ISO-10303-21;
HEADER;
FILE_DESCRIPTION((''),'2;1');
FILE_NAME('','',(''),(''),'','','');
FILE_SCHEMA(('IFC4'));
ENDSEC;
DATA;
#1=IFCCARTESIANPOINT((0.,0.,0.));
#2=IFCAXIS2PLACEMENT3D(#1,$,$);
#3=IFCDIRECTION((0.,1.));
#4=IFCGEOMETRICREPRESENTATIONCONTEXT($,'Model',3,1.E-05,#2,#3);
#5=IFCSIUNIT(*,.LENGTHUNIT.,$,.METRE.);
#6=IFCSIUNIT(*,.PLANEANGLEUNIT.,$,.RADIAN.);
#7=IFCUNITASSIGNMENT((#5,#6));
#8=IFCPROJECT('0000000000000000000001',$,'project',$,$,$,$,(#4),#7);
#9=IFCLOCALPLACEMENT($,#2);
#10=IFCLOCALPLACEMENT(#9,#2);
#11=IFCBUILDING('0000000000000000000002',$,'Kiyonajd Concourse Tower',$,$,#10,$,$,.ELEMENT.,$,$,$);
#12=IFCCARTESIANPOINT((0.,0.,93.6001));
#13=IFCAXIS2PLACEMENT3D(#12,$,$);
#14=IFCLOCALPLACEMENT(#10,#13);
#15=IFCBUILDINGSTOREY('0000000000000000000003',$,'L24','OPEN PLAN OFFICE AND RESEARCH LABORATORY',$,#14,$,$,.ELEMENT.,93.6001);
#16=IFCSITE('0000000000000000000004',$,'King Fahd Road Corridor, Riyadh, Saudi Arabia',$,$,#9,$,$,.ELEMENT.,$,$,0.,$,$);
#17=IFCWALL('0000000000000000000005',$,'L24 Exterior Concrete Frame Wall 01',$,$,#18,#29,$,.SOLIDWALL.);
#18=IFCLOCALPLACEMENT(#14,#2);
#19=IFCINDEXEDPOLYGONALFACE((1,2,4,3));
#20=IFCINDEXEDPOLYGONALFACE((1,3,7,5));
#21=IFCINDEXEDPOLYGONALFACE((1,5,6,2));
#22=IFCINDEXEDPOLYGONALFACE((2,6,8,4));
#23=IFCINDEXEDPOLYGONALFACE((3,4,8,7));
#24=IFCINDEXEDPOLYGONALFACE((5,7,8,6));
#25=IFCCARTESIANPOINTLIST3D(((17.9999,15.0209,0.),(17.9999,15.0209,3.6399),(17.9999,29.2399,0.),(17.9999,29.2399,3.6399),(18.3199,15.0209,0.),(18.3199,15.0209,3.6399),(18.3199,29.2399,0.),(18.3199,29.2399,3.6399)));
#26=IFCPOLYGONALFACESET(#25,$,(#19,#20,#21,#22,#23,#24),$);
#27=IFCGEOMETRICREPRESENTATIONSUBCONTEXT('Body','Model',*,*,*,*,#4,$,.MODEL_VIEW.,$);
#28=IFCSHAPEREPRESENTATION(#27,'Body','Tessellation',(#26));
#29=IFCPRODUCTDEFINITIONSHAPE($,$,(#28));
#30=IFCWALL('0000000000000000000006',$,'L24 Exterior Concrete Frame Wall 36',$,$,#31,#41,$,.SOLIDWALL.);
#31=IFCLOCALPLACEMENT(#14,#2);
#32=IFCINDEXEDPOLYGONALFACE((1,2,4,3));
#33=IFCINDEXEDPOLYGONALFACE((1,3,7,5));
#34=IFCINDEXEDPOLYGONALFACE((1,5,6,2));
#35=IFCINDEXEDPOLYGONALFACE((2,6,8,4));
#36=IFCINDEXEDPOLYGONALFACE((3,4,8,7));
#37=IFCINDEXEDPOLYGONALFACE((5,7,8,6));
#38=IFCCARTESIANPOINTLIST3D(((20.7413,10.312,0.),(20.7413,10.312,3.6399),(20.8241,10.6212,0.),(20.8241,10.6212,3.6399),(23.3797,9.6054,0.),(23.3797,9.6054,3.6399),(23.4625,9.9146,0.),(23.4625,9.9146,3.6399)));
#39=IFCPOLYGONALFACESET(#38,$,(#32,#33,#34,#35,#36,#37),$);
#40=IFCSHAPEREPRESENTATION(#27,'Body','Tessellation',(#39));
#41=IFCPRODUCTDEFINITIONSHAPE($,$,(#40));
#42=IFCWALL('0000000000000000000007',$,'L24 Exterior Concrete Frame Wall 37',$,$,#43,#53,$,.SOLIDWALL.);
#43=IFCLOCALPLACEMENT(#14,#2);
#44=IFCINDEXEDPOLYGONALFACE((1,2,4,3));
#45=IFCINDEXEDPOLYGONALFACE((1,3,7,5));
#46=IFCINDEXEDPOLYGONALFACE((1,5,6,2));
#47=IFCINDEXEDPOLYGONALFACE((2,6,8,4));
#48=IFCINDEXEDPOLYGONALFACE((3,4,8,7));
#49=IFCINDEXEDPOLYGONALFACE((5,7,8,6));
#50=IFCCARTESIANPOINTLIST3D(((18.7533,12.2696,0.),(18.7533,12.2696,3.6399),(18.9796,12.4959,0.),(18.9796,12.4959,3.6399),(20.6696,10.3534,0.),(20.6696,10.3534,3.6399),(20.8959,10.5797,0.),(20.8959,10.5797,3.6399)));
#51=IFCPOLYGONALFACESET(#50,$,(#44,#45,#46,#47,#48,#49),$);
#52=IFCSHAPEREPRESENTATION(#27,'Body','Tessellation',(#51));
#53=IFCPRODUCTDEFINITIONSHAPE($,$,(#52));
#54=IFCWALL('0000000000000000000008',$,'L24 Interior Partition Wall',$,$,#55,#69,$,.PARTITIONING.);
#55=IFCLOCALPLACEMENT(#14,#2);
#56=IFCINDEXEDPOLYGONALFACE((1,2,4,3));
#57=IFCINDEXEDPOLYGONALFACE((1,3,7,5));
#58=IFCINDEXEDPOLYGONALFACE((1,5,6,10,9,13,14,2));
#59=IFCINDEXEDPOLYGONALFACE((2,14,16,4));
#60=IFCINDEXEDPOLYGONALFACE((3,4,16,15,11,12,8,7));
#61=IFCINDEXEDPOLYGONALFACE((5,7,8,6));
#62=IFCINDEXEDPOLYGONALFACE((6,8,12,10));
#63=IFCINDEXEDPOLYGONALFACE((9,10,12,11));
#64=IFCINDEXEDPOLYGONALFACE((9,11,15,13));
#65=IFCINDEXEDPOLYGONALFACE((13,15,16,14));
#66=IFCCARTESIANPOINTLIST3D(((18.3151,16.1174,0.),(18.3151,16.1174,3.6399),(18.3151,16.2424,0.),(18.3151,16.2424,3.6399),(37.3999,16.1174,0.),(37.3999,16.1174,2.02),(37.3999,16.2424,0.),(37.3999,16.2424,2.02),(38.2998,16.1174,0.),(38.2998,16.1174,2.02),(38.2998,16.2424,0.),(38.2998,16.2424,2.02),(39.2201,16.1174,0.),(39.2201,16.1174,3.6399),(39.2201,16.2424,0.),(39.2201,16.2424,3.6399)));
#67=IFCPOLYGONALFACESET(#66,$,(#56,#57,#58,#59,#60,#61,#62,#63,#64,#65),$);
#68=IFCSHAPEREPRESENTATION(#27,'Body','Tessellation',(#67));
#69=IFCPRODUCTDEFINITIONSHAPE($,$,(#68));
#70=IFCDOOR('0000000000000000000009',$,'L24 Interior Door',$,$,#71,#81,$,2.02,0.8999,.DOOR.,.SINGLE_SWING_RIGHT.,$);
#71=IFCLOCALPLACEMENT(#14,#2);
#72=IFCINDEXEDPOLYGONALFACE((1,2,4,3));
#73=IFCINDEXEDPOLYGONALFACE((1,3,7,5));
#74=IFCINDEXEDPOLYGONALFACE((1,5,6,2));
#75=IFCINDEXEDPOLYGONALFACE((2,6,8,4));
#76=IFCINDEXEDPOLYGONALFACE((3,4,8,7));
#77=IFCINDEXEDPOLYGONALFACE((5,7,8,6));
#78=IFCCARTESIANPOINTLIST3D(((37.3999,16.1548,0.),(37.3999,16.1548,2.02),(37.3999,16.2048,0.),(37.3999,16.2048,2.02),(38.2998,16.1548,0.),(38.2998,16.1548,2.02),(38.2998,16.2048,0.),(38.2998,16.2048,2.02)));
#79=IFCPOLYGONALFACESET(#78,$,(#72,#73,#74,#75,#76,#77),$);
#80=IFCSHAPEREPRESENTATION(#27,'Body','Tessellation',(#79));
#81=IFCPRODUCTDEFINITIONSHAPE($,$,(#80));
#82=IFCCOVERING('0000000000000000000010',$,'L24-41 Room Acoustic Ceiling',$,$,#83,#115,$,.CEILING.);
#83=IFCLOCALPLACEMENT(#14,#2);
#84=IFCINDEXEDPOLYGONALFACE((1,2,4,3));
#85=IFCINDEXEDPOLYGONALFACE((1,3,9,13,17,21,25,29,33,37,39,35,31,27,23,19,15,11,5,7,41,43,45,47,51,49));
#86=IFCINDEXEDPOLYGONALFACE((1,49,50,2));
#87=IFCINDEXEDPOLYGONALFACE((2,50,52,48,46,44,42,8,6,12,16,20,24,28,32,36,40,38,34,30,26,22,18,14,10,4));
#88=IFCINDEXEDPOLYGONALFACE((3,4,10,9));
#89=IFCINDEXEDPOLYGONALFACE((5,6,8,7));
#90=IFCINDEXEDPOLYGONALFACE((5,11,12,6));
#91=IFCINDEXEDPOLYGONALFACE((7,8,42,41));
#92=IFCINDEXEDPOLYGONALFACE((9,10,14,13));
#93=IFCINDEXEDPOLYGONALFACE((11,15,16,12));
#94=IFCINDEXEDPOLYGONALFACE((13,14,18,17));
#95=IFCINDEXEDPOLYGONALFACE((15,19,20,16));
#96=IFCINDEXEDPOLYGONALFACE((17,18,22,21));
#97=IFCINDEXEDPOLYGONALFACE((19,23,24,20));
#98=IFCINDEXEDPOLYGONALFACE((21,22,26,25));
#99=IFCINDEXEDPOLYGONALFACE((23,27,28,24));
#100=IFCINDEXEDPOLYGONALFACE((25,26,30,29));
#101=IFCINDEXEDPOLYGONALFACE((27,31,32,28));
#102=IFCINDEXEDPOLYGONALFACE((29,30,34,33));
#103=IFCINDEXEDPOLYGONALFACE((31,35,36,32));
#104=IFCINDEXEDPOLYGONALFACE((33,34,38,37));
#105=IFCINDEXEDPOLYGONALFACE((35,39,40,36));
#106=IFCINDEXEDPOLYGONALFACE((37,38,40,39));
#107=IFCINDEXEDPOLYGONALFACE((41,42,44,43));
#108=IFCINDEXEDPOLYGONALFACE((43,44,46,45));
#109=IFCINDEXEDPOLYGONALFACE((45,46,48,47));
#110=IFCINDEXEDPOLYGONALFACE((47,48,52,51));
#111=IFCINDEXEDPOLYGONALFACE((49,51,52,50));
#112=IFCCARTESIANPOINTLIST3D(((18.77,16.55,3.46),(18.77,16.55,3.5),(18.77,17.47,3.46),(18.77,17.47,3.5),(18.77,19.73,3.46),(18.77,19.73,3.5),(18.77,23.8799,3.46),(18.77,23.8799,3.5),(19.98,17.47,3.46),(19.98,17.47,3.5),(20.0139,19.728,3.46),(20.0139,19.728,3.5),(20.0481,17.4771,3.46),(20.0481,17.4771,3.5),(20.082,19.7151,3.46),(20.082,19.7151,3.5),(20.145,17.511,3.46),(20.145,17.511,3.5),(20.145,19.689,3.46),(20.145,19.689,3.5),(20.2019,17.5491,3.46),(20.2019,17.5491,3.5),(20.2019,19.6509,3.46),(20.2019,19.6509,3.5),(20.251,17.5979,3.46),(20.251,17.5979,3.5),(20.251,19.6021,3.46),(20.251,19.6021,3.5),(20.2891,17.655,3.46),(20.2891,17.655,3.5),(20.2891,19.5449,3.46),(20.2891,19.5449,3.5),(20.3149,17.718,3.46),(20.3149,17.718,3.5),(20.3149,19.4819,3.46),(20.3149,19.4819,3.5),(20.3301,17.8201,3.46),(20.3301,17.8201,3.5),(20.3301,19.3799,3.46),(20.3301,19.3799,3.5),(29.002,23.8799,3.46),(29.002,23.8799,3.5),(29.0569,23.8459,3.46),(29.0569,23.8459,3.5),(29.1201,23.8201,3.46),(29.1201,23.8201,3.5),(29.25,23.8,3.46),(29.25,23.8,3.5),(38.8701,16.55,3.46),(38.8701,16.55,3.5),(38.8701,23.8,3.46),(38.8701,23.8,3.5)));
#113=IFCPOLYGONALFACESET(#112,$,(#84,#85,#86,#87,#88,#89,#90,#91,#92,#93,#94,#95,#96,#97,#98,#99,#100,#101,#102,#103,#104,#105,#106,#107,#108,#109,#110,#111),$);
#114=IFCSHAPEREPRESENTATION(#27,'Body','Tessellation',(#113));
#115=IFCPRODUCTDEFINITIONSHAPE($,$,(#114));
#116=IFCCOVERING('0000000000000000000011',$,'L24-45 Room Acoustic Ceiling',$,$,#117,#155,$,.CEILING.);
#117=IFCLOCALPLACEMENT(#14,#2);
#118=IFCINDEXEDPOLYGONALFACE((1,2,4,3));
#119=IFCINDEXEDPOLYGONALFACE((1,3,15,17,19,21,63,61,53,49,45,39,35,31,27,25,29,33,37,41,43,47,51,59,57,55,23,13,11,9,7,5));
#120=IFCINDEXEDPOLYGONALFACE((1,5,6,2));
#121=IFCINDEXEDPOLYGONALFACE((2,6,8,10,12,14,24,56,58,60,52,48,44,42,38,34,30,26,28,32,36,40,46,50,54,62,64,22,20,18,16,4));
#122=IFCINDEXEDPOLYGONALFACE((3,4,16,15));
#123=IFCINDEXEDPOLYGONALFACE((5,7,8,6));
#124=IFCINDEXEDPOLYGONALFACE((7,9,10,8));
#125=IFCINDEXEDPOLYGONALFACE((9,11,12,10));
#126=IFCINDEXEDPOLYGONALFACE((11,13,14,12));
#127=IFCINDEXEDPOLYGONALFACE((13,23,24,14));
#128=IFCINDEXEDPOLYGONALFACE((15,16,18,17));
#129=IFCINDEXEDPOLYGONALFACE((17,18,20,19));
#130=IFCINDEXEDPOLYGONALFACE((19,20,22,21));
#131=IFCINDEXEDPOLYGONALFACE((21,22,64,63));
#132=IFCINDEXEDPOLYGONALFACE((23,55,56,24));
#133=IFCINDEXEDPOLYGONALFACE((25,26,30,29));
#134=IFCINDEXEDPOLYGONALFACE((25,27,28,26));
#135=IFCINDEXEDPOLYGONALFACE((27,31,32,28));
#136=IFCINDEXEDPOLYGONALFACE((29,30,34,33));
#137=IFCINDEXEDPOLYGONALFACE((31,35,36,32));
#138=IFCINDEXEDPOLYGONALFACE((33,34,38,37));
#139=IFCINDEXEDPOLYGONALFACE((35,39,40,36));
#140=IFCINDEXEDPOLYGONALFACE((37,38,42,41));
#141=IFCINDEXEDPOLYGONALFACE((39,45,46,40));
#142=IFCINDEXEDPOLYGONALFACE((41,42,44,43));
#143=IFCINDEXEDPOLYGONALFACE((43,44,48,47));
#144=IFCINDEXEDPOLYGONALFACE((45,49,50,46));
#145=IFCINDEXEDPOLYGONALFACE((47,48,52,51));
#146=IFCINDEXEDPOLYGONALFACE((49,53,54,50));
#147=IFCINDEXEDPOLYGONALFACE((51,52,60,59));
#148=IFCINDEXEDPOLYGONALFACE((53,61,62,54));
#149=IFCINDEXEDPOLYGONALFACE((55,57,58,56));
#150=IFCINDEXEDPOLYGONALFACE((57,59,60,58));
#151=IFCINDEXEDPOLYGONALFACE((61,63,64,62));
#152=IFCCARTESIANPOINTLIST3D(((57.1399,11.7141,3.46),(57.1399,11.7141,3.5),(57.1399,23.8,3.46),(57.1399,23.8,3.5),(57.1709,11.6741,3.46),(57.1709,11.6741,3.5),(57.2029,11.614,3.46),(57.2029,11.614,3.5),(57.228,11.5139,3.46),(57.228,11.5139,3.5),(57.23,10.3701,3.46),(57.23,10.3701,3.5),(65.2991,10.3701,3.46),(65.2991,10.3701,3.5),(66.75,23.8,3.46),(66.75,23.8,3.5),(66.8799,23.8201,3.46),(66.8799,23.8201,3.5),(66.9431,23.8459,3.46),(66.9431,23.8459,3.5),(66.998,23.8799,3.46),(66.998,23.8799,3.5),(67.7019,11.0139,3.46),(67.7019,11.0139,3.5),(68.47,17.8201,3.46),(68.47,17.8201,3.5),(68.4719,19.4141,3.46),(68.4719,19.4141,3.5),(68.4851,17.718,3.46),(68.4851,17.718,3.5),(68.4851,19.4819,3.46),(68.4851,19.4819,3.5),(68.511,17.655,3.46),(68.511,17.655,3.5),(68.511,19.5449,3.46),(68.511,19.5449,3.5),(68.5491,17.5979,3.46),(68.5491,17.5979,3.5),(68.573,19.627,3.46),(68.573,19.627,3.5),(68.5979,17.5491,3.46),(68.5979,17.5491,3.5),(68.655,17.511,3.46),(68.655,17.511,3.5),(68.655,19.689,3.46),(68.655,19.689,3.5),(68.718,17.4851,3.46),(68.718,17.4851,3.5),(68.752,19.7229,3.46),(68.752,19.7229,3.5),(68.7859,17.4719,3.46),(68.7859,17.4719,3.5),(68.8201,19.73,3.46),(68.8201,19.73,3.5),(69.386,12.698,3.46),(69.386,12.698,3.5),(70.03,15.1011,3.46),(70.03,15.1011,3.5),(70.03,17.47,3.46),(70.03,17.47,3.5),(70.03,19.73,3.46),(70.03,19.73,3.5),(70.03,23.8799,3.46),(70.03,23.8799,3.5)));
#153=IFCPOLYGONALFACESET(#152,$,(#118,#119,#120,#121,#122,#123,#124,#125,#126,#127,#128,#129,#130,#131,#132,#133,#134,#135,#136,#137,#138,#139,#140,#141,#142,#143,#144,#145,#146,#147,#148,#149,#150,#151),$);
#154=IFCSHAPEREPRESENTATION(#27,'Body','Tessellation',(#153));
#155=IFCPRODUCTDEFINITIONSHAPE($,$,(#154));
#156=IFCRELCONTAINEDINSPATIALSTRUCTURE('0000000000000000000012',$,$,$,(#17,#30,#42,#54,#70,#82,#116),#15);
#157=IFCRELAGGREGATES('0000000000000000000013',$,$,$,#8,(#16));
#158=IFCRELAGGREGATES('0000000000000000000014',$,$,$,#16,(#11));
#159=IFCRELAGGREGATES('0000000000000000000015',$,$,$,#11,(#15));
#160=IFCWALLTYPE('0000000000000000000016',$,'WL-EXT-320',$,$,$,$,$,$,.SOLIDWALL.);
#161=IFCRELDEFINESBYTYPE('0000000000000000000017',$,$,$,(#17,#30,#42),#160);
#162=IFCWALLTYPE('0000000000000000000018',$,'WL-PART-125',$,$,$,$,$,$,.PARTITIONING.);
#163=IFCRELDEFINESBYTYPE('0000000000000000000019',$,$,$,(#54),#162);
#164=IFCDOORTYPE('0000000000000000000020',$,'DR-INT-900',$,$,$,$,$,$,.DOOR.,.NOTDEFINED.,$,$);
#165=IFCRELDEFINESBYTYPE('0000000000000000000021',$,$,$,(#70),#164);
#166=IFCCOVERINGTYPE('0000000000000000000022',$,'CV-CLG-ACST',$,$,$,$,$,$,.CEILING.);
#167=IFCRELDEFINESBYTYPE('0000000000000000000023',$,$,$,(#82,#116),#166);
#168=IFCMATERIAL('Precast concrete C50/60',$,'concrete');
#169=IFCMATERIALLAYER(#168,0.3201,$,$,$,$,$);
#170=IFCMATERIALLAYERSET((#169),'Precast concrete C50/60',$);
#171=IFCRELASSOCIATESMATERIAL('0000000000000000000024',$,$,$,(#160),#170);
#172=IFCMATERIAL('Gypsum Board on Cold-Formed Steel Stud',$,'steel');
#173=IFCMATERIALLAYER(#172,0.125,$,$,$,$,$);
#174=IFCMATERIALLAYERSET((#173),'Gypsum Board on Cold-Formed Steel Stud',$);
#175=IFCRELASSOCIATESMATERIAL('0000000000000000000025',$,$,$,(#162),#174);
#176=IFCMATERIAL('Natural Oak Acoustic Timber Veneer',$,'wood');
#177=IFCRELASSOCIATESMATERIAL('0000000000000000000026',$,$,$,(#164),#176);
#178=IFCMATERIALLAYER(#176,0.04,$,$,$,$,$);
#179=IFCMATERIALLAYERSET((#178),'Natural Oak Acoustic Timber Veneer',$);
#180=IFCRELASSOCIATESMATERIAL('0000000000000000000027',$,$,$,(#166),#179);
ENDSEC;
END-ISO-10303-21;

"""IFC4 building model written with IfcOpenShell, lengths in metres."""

from ifc_helpers import new_model, si_unit, direction, frame, frame_2d, origin, place, context, subcontext, project, spatial, polyline, rectangle, outline, extrude, material, layer, layer_set, type_object, element, fill, save


model = new_model("IFC4")

# Units and contexts
model_context = context("Model", 3, precision=1e-05, world=origin(), true_north=direction((0.0, 1.0)))
body_context = subcontext(model_context, "Body", "Model", "MODEL_VIEW")
ifc_project = project(units=[si_unit("LENGTHUNIT", "METRE"), si_unit("PLANEANGLEUNIT", "RADIAN")], contexts=[model_context])

# Site, building, storey
site_placement = place(None, origin())
site = spatial("IfcSite", under=ifc_project, at=site_placement, Name="King Fahd Road Corridor, Riyadh, Saudi Arabia", CompositionType="ELEMENT", RefElevation=0.0)
building_placement = place(site_placement, origin())
building = spatial("IfcBuilding", under=site, at=building_placement, Name="Kiyonajd Concourse Tower", CompositionType="ELEMENT")
storey_placement = place(building_placement, frame((0.0, 0.0, 93.6001)))
storey = spatial("IfcBuildingStorey", under=building, at=storey_placement, Name="L24", Description="OPEN PLAN OFFICE AND RESEARCH LABORATORY", CompositionType="ELEMENT", Elevation=93.6001)

# Shared definitions
ifc_material_1 = material(Name="Precast concrete C50/60", Category="concrete")

# Walls
ifc_layer_1 = layer(ifc_material_1, 0.3201)
ifc_layer_set_1 = layer_set([ifc_layer_1], Name="Precast concrete C50/60")
wall_type_1 = type_object("IfcWallType", Name="WL-EXT-320", PredefinedType="SOLIDWALL", material=ifc_layer_set_1)
wall_1_placement = place(storey_placement, frame((18.1599, 15.021, 0.0), z_axis=(0.0, 0.0, 1.0), x_axis=(0.0, 1.0, 0.0)))
element("IfcWall", 1, at=wall_1_placement, inside=storey, type_object=wall_type_1, Name="L24 Exterior Concrete Frame Wall 01", PredefinedType="SOLIDWALL", context=body_context, shape_type="SweptSolid", body=[
    extrude(rectangle(XDim=14.219, YDim=0.3201, at=frame_2d((7.1094, 0.0))), origin(), (0.0, 0.0, 1.0), 3.6399),
])
wall_2_placement = place(storey_placement, frame((23.4211, 9.76, 0.0), z_axis=(0.0, 0.0, 1.0), x_axis=(-0.965964, 0.258675, 0.0)))
element("IfcWall", 2, at=wall_2_placement, inside=storey, type_object=wall_type_1, Name="L24 Exterior Concrete Frame Wall 36", PredefinedType="SOLIDWALL", context=body_context, shape_type="SweptSolid", body=[
    extrude(rectangle(XDim=2.7314, YDim=0.3201, at=frame_2d((1.3657, 0.0))), origin(), (0.0, 0.0, 1.0), 3.6399),
])
wall_3_placement = place(storey_placement, frame((20.7827, 10.4666, 0.0), z_axis=(0.0, 0.0, 1.0), x_axis=(-0.707107, 0.707107, 0.0)))
element("IfcWall", 3, at=wall_3_placement, inside=storey, type_object=wall_type_1, Name="L24 Exterior Concrete Frame Wall 37", PredefinedType="SOLIDWALL", context=body_context, shape_type="SweptSolid", body=[
    extrude(rectangle(XDim=2.71, YDim=0.3201, at=frame_2d((1.355, 0.0))), origin(), (0.0, 0.0, 1.0), 3.6399),
])

# Wall, opening, door
ifc_material_2 = material(Name="Gypsum Board on Cold-Formed Steel Stud", Category="steel")
ifc_layer_2 = layer(ifc_material_2, 0.125)
ifc_layer_set_2 = layer_set([ifc_layer_2], Name="Gypsum Board on Cold-Formed Steel Stud")
wall_type_2 = type_object("IfcWallType", Name="WL-PART-125", PredefinedType="PARTITIONING", material=ifc_layer_set_2)
wall_4_placement = place(storey_placement, frame((18.3149, 16.1799, 0.0), z_axis=(0.0, 0.0, 1.0), x_axis=(1.0, 0.0, 0.0)))
wall_4 = element("IfcWall", 4, at=wall_4_placement, inside=storey, type_object=wall_type_2, Name="L24 Interior Partition Wall", PredefinedType="PARTITIONING", context=body_context, shape_type="SweptSolid", body=[
    extrude(rectangle(XDim=20.905, YDim=0.125, at=frame_2d((10.4526, 0.0))), origin(), (0.0, 0.0, 1.0), 3.6399),
])
opening_placement = place(wall_4_placement, frame((19.085, 0.0, 0.0)))
opening = element("IfcOpeningElement", 5, at=opening_placement, cuts=wall_4, PredefinedType="OPENING", context=body_context, shape_type="SweptSolid", body=[
    extrude(rectangle(XDim=0.8999, YDim=2.02, at=frame_2d((0.45, 1.01))), frame((0.0, 0.0725, 0.0), z_axis=(0.0, -1.0, 0.0), x_axis=(1.0, 0.0, 0.0)), (0.0, 0.0, 1.0), 0.145),
])
ifc_material_3 = material(Name="Natural Oak Acoustic Timber Veneer", Category="wood")
door_type = type_object("IfcDoorType", Name="DR-INT-900", OperationType="NOTDEFINED", PredefinedType="DOOR", material=ifc_material_3)
door_placement = place(opening_placement, origin())
door = element("IfcDoor", 6, at=door_placement, inside=storey, type_object=door_type, Name="L24 Interior Door", OperationType="SINGLE_SWING_RIGHT", OverallHeight=2.02, OverallWidth=0.8999, PredefinedType="DOOR", context=body_context, shape_type="SweptSolid", body=[
    extrude(rectangle(XDim=0.8999, YDim=2.02, at=frame_2d((0.45, 1.01))), frame((0.0, 0.0249, 0.0), z_axis=(0.0, -1.0, 0.0), x_axis=(1.0, 0.0, 0.0)), (0.0, 0.0, 1.0), 0.05),
])
fill(opening, door)

# Coverings
ifc_layer_3 = layer(ifc_material_3, 0.04)
ifc_layer_set_3 = layer_set([ifc_layer_3], Name="Natural Oak Acoustic Timber Veneer")
covering_type = type_object("IfcCoveringType", Name="CV-CLG-ACST", PredefinedType="CEILING", material=ifc_layer_set_3)
covering_1_placement = place(storey_placement, frame((0.0, 0.0, 3.46)))
element("IfcCovering", 7, at=covering_1_placement, inside=storey, type_object=covering_type, Name="L24-41 Room Acoustic Ceiling", PredefinedType="CEILING", context=body_context, shape_type="SweptSolid", body=[
    extrude(outline(polyline([(29.002, 23.8799), (29.0569, 23.8459), (29.1201, 23.8201), (29.25, 23.8), (38.8701, 23.8), (38.8701, 16.55), (18.77, 16.55), (18.77, 17.47), (19.98, 17.47), (20.0481, 17.4771), (20.145, 17.511), (20.2019, 17.5491), (20.251, 17.5979), (20.2891, 17.655), (20.3149, 17.718), (20.3301, 17.8201), (20.3301, 19.3799), (20.3149, 19.4819), (20.2891, 19.5449), (20.251, 19.6021), (20.2019, 19.6509), (20.145, 19.689), (20.082, 19.7151), (20.0139, 19.728), (18.77, 19.73), (18.77, 23.8799), (29.002, 23.8799)])), origin(), (0.0, 0.0, 1.0), 0.04),
])
covering_2_placement = place(storey_placement, frame((0.0, 0.0, 3.46)))
element("IfcCovering", 8, at=covering_2_placement, inside=storey, type_object=covering_type, Name="L24-45 Room Acoustic Ceiling", PredefinedType="CEILING", context=body_context, shape_type="SweptSolid", body=[
    extrude(outline(polyline([(57.23, 10.3701), (57.228, 11.5139), (57.2029, 11.614), (57.1709, 11.6741), (57.1399, 11.7141), (57.1399, 23.8), (66.75, 23.8), (66.8799, 23.8201), (66.9431, 23.8459), (66.998, 23.8799), (70.03, 23.8799), (70.03, 19.73), (68.8201, 19.73), (68.752, 19.7229), (68.655, 19.689), (68.573, 19.627), (68.511, 19.5449), (68.4851, 19.4819), (68.4719, 19.4141), (68.47, 17.8201), (68.4851, 17.718), (68.511, 17.655), (68.5491, 17.5979), (68.5979, 17.5491), (68.655, 17.511), (68.718, 17.4851), (68.7859, 17.4719), (70.03, 17.47), (70.03, 15.1011), (69.386, 12.698), (67.7019, 11.0139), (65.2991, 10.3701), (57.23, 10.3701)])), origin(), (0.0, 0.0, 1.0), 0.04),
])

save(model, "model.ifc")
